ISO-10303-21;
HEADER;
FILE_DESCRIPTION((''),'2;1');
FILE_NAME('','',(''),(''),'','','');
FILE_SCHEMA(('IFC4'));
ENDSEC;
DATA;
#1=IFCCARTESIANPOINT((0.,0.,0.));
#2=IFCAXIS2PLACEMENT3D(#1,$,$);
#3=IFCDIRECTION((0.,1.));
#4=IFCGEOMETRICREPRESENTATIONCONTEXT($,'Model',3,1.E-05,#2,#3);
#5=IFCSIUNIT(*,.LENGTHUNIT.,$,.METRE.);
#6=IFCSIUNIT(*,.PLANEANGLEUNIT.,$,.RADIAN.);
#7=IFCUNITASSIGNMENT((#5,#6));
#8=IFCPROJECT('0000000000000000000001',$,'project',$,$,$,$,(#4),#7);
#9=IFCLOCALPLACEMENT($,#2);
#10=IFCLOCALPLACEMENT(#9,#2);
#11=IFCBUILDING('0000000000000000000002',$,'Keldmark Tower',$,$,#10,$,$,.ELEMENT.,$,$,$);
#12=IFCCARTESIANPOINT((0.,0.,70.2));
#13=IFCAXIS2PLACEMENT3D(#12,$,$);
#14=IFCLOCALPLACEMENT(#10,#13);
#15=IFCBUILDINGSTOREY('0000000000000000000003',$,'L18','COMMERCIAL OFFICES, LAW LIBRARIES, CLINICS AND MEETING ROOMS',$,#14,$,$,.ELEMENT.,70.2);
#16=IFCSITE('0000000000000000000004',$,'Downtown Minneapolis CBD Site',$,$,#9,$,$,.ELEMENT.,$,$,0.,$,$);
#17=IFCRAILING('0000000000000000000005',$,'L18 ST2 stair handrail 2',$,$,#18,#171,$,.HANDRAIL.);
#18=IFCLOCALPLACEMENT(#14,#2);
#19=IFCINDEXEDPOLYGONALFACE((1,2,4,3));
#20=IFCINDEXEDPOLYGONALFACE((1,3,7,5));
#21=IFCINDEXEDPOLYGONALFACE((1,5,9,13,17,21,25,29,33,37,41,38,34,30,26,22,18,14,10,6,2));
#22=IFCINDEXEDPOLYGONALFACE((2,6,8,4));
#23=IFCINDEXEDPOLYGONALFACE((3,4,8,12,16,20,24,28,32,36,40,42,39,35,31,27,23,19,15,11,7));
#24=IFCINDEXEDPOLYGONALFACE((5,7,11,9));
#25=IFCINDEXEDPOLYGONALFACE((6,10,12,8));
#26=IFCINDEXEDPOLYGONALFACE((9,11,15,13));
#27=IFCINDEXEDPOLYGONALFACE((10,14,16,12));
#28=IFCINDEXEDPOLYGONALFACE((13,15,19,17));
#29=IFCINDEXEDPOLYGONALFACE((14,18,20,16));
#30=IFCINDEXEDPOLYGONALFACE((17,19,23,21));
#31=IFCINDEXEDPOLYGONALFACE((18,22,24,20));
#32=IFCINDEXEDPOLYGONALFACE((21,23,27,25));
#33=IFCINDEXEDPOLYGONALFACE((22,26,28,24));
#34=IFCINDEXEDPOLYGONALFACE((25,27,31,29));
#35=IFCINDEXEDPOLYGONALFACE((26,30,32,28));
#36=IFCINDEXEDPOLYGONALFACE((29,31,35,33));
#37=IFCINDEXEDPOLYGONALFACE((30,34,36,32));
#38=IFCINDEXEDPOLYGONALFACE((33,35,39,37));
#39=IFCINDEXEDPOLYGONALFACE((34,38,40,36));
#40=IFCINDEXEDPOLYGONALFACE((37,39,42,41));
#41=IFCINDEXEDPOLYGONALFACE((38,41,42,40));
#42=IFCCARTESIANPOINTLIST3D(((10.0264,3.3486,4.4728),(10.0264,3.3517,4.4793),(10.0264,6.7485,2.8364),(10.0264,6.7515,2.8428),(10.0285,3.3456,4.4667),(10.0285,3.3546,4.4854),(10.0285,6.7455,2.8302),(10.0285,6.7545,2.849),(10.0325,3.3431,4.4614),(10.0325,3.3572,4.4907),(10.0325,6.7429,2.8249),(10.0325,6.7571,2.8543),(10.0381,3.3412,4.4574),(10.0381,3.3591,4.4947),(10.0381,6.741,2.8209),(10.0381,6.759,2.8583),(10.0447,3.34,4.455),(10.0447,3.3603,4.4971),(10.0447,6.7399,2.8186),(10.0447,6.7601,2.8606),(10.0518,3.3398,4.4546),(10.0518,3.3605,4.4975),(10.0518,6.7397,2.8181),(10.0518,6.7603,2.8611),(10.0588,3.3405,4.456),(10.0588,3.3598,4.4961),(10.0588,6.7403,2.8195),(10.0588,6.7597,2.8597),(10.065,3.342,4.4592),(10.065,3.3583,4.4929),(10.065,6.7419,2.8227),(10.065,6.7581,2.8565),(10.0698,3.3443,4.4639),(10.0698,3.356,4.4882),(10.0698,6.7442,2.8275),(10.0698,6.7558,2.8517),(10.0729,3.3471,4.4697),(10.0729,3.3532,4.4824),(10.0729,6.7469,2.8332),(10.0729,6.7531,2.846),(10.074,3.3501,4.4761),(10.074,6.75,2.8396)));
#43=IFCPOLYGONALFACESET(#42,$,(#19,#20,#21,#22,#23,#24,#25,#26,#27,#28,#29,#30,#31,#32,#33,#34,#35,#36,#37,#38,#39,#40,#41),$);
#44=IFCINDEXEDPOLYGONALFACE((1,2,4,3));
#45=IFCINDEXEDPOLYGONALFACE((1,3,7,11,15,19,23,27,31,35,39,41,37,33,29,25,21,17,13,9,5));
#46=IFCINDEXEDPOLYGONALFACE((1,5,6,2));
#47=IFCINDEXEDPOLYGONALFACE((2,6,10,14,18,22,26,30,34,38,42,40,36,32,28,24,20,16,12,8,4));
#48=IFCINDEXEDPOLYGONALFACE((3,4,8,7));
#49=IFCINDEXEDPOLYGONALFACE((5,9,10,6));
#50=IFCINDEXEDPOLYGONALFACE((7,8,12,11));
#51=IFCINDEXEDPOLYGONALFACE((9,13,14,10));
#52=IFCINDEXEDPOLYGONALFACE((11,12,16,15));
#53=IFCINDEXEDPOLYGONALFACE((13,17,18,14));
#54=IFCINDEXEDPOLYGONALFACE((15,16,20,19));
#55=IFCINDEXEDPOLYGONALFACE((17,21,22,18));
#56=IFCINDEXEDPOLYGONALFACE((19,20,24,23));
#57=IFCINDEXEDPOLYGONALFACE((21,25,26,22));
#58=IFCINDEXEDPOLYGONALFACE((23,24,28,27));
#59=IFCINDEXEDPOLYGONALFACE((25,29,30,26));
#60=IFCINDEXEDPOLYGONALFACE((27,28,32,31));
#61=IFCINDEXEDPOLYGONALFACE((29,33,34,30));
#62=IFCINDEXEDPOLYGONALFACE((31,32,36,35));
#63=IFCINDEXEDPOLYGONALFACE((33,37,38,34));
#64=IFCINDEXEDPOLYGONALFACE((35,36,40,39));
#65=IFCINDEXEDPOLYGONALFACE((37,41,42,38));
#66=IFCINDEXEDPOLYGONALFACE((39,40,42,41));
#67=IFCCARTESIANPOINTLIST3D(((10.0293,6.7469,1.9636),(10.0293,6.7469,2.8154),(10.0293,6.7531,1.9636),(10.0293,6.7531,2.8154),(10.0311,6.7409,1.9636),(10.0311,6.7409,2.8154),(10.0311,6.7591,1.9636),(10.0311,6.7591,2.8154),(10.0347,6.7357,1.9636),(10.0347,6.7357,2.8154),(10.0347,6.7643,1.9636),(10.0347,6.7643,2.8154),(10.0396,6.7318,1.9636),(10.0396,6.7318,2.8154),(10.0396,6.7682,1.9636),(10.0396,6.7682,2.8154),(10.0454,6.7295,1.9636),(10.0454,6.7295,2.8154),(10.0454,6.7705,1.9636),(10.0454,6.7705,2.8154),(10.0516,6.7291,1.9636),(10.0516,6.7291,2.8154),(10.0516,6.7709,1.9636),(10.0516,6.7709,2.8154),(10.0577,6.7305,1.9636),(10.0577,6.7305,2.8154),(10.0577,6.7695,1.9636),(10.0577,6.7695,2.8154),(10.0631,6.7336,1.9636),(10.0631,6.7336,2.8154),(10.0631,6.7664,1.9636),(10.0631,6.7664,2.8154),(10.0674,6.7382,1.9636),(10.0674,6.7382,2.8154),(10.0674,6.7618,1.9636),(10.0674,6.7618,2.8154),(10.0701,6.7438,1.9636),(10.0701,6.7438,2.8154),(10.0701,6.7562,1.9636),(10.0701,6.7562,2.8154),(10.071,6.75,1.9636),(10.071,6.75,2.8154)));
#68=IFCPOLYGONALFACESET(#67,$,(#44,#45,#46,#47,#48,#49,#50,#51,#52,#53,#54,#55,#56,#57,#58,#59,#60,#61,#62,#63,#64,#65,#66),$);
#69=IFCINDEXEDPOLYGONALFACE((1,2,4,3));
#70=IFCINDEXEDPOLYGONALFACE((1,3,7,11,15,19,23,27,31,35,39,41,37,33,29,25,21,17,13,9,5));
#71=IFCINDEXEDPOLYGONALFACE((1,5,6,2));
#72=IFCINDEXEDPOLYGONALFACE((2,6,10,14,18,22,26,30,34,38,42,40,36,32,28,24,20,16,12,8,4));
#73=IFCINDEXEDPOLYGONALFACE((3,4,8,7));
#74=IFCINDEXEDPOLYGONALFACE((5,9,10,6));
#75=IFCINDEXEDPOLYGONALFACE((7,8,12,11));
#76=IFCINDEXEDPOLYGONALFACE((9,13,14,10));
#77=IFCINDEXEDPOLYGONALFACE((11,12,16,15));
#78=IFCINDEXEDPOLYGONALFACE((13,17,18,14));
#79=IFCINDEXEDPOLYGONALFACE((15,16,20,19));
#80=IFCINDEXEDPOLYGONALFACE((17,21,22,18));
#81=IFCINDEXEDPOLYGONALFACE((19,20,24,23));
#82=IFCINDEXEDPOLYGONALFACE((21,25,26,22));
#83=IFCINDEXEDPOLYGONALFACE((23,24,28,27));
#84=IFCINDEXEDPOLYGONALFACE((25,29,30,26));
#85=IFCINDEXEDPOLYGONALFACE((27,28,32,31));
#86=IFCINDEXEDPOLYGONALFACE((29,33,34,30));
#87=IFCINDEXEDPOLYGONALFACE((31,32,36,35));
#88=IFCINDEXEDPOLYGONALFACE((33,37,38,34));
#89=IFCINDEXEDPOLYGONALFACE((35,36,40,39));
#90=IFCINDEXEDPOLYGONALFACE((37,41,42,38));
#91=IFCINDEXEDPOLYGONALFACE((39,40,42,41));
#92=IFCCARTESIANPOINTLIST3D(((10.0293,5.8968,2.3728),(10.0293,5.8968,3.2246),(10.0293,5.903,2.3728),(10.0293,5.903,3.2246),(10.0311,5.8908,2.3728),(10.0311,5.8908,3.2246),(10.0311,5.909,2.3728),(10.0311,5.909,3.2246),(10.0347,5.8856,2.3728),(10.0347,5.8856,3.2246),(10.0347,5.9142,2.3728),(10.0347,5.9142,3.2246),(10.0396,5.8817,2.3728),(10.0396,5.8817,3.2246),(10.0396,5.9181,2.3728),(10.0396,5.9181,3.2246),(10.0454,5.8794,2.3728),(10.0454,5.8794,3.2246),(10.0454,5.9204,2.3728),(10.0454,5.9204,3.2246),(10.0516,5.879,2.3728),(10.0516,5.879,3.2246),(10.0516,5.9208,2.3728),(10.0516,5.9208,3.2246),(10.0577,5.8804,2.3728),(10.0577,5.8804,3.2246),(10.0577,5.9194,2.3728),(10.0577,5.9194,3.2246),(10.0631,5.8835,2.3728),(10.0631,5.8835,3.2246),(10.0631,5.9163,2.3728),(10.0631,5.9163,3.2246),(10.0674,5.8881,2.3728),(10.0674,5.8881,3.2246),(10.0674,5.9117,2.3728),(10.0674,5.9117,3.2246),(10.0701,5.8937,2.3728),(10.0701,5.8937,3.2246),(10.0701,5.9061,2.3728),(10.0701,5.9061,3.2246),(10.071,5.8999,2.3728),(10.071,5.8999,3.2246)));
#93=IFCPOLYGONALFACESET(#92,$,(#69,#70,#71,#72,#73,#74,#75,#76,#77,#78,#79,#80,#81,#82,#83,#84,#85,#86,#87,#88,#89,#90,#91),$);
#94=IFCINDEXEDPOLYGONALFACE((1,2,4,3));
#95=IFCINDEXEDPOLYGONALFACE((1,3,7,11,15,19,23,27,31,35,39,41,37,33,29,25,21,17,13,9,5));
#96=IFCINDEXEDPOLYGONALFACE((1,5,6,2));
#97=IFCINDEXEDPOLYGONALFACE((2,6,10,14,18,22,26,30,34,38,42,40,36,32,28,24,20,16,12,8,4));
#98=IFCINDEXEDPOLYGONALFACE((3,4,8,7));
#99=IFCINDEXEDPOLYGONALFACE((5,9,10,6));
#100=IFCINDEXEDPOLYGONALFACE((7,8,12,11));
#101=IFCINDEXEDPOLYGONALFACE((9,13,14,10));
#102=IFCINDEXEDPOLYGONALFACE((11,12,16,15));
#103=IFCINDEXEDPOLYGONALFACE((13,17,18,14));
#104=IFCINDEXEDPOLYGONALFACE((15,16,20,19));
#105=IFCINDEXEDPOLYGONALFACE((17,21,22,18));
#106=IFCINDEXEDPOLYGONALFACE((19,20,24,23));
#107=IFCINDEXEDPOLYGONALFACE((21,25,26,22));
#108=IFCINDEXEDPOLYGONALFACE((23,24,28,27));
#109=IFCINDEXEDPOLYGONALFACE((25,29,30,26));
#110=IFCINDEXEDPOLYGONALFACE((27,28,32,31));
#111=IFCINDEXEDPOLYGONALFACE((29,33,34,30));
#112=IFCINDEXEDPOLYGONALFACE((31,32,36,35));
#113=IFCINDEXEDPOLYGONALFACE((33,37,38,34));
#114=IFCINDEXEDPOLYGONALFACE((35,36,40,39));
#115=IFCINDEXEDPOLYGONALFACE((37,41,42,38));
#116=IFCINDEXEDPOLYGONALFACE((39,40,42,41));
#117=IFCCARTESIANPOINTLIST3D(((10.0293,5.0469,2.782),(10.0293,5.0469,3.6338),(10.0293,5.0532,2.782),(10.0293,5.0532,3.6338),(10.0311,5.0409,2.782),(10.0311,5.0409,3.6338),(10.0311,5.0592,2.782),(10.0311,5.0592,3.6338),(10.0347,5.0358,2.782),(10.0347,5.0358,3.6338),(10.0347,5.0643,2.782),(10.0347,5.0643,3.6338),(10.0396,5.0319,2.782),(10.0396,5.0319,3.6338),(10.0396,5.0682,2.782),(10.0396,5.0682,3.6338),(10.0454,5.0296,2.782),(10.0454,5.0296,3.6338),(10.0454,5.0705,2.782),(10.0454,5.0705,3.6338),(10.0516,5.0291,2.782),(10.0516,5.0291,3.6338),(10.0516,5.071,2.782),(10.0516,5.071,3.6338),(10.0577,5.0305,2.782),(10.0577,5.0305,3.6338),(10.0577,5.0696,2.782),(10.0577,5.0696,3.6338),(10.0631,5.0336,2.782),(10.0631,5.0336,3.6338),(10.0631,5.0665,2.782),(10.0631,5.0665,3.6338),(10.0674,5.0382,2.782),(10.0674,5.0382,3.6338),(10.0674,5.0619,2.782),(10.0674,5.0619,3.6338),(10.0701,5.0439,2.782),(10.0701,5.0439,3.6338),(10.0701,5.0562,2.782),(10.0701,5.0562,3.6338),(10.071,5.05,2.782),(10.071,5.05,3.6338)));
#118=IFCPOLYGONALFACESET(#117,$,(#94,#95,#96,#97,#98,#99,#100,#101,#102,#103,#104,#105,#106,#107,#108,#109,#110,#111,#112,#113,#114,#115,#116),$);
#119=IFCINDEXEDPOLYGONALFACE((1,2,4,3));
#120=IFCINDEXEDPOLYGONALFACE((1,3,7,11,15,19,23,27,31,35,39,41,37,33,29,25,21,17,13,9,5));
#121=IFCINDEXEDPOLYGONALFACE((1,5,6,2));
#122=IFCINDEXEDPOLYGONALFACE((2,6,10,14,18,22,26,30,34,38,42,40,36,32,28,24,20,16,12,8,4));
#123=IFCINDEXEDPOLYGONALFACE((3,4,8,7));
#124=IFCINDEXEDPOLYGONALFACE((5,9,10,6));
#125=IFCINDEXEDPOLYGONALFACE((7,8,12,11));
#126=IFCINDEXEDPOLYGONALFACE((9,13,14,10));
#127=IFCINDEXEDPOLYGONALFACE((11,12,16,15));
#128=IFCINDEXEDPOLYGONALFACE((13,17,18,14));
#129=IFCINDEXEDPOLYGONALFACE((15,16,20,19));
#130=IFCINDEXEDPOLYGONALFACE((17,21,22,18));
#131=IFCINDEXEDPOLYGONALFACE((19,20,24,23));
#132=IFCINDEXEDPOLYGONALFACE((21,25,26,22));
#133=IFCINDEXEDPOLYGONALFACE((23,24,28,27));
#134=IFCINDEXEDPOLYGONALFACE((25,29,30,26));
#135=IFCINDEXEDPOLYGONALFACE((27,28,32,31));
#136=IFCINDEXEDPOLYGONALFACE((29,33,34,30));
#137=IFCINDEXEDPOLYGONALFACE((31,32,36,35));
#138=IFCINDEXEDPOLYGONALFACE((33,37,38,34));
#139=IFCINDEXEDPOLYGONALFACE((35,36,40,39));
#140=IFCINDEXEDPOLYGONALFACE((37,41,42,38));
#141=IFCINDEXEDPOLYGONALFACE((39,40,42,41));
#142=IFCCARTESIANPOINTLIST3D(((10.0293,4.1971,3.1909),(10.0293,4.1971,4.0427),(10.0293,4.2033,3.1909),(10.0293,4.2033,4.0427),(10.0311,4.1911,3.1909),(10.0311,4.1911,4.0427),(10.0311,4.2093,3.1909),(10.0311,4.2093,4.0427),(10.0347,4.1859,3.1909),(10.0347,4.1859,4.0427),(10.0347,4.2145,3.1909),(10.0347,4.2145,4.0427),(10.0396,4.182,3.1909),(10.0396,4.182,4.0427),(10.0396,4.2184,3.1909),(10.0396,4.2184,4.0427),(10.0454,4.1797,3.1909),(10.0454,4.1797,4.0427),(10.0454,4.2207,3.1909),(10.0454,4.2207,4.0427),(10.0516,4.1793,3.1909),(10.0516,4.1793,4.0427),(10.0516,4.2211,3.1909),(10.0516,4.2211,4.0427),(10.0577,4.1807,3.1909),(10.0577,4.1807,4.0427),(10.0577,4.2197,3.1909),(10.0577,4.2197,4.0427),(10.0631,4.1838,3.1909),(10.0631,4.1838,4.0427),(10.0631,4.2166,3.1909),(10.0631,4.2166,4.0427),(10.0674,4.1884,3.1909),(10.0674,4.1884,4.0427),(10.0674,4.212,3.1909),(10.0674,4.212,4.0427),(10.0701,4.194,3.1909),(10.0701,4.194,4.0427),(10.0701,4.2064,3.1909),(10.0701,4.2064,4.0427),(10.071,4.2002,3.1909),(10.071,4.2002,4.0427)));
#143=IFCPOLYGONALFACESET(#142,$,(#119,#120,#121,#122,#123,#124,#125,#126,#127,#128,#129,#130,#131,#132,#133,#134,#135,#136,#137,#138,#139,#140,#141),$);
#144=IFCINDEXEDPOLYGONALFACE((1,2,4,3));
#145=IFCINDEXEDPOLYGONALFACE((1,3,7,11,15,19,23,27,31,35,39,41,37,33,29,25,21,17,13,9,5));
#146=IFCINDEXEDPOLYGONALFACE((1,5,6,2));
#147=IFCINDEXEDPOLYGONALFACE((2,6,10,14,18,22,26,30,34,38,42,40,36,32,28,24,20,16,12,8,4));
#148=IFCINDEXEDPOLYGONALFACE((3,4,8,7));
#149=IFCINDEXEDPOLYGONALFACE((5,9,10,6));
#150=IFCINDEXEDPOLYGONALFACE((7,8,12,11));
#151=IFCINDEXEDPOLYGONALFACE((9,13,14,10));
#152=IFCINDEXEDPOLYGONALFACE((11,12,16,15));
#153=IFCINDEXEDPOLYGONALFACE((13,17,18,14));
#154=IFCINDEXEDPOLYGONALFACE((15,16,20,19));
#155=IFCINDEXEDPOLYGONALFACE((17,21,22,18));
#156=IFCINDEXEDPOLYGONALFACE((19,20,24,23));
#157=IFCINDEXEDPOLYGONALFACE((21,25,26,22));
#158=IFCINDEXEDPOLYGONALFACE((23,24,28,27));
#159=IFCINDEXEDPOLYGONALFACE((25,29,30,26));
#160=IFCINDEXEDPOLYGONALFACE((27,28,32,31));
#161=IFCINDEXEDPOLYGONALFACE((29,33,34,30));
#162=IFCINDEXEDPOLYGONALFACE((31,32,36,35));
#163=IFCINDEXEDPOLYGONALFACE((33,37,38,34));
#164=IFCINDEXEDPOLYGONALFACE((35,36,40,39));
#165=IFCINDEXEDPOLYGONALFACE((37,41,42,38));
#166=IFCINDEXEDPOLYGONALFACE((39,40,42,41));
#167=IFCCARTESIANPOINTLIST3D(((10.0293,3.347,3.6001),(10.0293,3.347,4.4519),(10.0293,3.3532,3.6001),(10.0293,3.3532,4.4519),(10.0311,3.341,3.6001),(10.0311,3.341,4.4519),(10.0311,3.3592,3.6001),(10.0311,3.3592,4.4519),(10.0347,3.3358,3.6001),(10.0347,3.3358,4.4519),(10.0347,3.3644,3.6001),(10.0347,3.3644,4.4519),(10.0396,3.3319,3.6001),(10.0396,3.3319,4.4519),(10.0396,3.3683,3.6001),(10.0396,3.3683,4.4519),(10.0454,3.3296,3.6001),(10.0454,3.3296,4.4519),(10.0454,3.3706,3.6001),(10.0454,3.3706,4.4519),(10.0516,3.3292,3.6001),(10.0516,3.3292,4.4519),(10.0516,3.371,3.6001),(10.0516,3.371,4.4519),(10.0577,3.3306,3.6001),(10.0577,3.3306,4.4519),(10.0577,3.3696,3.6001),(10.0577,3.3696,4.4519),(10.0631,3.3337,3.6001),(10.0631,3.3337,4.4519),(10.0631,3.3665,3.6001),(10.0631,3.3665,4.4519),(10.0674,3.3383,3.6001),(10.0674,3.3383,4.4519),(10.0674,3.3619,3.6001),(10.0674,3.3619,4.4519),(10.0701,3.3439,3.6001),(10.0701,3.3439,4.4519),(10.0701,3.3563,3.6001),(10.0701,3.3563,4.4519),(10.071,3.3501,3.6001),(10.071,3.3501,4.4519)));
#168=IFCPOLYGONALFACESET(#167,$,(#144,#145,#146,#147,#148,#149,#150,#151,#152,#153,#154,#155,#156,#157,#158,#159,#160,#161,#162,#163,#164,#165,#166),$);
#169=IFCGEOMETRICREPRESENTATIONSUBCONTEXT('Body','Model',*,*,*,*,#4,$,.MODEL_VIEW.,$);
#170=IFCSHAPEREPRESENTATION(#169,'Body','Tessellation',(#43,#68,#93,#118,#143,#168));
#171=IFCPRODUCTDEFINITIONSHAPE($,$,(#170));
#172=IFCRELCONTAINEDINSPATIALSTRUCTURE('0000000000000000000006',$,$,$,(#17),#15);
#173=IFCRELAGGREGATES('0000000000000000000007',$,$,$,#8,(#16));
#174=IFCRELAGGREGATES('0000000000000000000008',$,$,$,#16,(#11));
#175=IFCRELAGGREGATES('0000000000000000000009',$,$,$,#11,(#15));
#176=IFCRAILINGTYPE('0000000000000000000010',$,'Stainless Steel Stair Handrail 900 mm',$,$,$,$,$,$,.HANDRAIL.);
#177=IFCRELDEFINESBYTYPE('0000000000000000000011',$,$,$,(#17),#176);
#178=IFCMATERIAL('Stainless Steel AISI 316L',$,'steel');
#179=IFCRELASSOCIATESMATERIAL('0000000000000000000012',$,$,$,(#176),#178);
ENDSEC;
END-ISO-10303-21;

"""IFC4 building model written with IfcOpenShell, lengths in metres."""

from ifc_helpers import new_model, si_unit, direction, frame, origin, origin_2d, place, context, subcontext, project, spatial, circle, extrude, material, type_object, element, save


model = new_model("IFC4")

# Units and contexts
model_context = context("Model", 3, precision=1e-05, world=origin(), true_north=direction((0.0, 1.0)))
body_context = subcontext(model_context, "Body", "Model", "MODEL_VIEW")
ifc_project = project(units=[si_unit("LENGTHUNIT", "METRE"), si_unit("PLANEANGLEUNIT", "RADIAN")], contexts=[model_context])

# Site, building, storey
site_placement = place(None, origin())
site = spatial("IfcSite", under=ifc_project, at=site_placement, Name="Downtown Minneapolis CBD Site", CompositionType="ELEMENT", RefElevation=0.0)
building_placement = place(site_placement, origin())
building = spatial("IfcBuilding", under=site, at=building_placement, Name="Keldmark Tower", CompositionType="ELEMENT")
storey_placement = place(building_placement, frame((0.0, 0.0, 70.2)))
storey = spatial("IfcBuildingStorey", under=building, at=storey_placement, Name="L18", Description="COMMERCIAL OFFICES, LAW LIBRARIES, CLINICS AND MEETING ROOMS", CompositionType="ELEMENT", Elevation=70.2)

# Railing
ifc_material_1 = material(Name="Stainless Steel AISI 316L", Category="steel")
railing_type_1 = type_object("IfcRailingType", Name="Stainless Steel Stair Handrail 900 mm", PredefinedType="HANDRAIL", material=ifc_material_1)
railing_1_placement = place(storey_placement, frame((10.05, 6.75, 1.9636)))
element("IfcRailing", 1, at=railing_1_placement, inside=storey, type_object=railing_type_1, Name="L18 ST2 stair handrail 2", PredefinedType="HANDRAIL", context=body_context, shape_type="SweptSolid", body=[
    extrude(circle(Radius=0.0239, at=origin_2d()), frame((0.0, 0.0, 0.876), z_axis=(0.0, -0.901055, 0.433705), x_axis=(1.0, 0.0, 0.0)), (0.0, 0.0, 1.0), 3.7732),
    extrude(circle(Radius=0.021, at=origin_2d()), origin(), (0.0, 0.0, 1.0), 0.8518),
    extrude(circle(Radius=0.021, at=origin_2d()), frame((0.0, -0.8501, 0.4092)), (0.0, 0.0, 1.0), 0.8518),
    extrude(circle(Radius=0.021, at=origin_2d()), frame((0.0, -1.7, 0.8184)), (0.0, 0.0, 1.0), 0.8518),
    extrude(circle(Radius=0.021, at=origin_2d()), frame((0.0, -2.5498, 1.2273)), (0.0, 0.0, 1.0), 0.8518),
    extrude(circle(Radius=0.021, at=origin_2d()), frame((0.0, -3.3999, 1.6365)), (0.0, 0.0, 1.0), 0.8518),
])

save(model, "model.ifc")
